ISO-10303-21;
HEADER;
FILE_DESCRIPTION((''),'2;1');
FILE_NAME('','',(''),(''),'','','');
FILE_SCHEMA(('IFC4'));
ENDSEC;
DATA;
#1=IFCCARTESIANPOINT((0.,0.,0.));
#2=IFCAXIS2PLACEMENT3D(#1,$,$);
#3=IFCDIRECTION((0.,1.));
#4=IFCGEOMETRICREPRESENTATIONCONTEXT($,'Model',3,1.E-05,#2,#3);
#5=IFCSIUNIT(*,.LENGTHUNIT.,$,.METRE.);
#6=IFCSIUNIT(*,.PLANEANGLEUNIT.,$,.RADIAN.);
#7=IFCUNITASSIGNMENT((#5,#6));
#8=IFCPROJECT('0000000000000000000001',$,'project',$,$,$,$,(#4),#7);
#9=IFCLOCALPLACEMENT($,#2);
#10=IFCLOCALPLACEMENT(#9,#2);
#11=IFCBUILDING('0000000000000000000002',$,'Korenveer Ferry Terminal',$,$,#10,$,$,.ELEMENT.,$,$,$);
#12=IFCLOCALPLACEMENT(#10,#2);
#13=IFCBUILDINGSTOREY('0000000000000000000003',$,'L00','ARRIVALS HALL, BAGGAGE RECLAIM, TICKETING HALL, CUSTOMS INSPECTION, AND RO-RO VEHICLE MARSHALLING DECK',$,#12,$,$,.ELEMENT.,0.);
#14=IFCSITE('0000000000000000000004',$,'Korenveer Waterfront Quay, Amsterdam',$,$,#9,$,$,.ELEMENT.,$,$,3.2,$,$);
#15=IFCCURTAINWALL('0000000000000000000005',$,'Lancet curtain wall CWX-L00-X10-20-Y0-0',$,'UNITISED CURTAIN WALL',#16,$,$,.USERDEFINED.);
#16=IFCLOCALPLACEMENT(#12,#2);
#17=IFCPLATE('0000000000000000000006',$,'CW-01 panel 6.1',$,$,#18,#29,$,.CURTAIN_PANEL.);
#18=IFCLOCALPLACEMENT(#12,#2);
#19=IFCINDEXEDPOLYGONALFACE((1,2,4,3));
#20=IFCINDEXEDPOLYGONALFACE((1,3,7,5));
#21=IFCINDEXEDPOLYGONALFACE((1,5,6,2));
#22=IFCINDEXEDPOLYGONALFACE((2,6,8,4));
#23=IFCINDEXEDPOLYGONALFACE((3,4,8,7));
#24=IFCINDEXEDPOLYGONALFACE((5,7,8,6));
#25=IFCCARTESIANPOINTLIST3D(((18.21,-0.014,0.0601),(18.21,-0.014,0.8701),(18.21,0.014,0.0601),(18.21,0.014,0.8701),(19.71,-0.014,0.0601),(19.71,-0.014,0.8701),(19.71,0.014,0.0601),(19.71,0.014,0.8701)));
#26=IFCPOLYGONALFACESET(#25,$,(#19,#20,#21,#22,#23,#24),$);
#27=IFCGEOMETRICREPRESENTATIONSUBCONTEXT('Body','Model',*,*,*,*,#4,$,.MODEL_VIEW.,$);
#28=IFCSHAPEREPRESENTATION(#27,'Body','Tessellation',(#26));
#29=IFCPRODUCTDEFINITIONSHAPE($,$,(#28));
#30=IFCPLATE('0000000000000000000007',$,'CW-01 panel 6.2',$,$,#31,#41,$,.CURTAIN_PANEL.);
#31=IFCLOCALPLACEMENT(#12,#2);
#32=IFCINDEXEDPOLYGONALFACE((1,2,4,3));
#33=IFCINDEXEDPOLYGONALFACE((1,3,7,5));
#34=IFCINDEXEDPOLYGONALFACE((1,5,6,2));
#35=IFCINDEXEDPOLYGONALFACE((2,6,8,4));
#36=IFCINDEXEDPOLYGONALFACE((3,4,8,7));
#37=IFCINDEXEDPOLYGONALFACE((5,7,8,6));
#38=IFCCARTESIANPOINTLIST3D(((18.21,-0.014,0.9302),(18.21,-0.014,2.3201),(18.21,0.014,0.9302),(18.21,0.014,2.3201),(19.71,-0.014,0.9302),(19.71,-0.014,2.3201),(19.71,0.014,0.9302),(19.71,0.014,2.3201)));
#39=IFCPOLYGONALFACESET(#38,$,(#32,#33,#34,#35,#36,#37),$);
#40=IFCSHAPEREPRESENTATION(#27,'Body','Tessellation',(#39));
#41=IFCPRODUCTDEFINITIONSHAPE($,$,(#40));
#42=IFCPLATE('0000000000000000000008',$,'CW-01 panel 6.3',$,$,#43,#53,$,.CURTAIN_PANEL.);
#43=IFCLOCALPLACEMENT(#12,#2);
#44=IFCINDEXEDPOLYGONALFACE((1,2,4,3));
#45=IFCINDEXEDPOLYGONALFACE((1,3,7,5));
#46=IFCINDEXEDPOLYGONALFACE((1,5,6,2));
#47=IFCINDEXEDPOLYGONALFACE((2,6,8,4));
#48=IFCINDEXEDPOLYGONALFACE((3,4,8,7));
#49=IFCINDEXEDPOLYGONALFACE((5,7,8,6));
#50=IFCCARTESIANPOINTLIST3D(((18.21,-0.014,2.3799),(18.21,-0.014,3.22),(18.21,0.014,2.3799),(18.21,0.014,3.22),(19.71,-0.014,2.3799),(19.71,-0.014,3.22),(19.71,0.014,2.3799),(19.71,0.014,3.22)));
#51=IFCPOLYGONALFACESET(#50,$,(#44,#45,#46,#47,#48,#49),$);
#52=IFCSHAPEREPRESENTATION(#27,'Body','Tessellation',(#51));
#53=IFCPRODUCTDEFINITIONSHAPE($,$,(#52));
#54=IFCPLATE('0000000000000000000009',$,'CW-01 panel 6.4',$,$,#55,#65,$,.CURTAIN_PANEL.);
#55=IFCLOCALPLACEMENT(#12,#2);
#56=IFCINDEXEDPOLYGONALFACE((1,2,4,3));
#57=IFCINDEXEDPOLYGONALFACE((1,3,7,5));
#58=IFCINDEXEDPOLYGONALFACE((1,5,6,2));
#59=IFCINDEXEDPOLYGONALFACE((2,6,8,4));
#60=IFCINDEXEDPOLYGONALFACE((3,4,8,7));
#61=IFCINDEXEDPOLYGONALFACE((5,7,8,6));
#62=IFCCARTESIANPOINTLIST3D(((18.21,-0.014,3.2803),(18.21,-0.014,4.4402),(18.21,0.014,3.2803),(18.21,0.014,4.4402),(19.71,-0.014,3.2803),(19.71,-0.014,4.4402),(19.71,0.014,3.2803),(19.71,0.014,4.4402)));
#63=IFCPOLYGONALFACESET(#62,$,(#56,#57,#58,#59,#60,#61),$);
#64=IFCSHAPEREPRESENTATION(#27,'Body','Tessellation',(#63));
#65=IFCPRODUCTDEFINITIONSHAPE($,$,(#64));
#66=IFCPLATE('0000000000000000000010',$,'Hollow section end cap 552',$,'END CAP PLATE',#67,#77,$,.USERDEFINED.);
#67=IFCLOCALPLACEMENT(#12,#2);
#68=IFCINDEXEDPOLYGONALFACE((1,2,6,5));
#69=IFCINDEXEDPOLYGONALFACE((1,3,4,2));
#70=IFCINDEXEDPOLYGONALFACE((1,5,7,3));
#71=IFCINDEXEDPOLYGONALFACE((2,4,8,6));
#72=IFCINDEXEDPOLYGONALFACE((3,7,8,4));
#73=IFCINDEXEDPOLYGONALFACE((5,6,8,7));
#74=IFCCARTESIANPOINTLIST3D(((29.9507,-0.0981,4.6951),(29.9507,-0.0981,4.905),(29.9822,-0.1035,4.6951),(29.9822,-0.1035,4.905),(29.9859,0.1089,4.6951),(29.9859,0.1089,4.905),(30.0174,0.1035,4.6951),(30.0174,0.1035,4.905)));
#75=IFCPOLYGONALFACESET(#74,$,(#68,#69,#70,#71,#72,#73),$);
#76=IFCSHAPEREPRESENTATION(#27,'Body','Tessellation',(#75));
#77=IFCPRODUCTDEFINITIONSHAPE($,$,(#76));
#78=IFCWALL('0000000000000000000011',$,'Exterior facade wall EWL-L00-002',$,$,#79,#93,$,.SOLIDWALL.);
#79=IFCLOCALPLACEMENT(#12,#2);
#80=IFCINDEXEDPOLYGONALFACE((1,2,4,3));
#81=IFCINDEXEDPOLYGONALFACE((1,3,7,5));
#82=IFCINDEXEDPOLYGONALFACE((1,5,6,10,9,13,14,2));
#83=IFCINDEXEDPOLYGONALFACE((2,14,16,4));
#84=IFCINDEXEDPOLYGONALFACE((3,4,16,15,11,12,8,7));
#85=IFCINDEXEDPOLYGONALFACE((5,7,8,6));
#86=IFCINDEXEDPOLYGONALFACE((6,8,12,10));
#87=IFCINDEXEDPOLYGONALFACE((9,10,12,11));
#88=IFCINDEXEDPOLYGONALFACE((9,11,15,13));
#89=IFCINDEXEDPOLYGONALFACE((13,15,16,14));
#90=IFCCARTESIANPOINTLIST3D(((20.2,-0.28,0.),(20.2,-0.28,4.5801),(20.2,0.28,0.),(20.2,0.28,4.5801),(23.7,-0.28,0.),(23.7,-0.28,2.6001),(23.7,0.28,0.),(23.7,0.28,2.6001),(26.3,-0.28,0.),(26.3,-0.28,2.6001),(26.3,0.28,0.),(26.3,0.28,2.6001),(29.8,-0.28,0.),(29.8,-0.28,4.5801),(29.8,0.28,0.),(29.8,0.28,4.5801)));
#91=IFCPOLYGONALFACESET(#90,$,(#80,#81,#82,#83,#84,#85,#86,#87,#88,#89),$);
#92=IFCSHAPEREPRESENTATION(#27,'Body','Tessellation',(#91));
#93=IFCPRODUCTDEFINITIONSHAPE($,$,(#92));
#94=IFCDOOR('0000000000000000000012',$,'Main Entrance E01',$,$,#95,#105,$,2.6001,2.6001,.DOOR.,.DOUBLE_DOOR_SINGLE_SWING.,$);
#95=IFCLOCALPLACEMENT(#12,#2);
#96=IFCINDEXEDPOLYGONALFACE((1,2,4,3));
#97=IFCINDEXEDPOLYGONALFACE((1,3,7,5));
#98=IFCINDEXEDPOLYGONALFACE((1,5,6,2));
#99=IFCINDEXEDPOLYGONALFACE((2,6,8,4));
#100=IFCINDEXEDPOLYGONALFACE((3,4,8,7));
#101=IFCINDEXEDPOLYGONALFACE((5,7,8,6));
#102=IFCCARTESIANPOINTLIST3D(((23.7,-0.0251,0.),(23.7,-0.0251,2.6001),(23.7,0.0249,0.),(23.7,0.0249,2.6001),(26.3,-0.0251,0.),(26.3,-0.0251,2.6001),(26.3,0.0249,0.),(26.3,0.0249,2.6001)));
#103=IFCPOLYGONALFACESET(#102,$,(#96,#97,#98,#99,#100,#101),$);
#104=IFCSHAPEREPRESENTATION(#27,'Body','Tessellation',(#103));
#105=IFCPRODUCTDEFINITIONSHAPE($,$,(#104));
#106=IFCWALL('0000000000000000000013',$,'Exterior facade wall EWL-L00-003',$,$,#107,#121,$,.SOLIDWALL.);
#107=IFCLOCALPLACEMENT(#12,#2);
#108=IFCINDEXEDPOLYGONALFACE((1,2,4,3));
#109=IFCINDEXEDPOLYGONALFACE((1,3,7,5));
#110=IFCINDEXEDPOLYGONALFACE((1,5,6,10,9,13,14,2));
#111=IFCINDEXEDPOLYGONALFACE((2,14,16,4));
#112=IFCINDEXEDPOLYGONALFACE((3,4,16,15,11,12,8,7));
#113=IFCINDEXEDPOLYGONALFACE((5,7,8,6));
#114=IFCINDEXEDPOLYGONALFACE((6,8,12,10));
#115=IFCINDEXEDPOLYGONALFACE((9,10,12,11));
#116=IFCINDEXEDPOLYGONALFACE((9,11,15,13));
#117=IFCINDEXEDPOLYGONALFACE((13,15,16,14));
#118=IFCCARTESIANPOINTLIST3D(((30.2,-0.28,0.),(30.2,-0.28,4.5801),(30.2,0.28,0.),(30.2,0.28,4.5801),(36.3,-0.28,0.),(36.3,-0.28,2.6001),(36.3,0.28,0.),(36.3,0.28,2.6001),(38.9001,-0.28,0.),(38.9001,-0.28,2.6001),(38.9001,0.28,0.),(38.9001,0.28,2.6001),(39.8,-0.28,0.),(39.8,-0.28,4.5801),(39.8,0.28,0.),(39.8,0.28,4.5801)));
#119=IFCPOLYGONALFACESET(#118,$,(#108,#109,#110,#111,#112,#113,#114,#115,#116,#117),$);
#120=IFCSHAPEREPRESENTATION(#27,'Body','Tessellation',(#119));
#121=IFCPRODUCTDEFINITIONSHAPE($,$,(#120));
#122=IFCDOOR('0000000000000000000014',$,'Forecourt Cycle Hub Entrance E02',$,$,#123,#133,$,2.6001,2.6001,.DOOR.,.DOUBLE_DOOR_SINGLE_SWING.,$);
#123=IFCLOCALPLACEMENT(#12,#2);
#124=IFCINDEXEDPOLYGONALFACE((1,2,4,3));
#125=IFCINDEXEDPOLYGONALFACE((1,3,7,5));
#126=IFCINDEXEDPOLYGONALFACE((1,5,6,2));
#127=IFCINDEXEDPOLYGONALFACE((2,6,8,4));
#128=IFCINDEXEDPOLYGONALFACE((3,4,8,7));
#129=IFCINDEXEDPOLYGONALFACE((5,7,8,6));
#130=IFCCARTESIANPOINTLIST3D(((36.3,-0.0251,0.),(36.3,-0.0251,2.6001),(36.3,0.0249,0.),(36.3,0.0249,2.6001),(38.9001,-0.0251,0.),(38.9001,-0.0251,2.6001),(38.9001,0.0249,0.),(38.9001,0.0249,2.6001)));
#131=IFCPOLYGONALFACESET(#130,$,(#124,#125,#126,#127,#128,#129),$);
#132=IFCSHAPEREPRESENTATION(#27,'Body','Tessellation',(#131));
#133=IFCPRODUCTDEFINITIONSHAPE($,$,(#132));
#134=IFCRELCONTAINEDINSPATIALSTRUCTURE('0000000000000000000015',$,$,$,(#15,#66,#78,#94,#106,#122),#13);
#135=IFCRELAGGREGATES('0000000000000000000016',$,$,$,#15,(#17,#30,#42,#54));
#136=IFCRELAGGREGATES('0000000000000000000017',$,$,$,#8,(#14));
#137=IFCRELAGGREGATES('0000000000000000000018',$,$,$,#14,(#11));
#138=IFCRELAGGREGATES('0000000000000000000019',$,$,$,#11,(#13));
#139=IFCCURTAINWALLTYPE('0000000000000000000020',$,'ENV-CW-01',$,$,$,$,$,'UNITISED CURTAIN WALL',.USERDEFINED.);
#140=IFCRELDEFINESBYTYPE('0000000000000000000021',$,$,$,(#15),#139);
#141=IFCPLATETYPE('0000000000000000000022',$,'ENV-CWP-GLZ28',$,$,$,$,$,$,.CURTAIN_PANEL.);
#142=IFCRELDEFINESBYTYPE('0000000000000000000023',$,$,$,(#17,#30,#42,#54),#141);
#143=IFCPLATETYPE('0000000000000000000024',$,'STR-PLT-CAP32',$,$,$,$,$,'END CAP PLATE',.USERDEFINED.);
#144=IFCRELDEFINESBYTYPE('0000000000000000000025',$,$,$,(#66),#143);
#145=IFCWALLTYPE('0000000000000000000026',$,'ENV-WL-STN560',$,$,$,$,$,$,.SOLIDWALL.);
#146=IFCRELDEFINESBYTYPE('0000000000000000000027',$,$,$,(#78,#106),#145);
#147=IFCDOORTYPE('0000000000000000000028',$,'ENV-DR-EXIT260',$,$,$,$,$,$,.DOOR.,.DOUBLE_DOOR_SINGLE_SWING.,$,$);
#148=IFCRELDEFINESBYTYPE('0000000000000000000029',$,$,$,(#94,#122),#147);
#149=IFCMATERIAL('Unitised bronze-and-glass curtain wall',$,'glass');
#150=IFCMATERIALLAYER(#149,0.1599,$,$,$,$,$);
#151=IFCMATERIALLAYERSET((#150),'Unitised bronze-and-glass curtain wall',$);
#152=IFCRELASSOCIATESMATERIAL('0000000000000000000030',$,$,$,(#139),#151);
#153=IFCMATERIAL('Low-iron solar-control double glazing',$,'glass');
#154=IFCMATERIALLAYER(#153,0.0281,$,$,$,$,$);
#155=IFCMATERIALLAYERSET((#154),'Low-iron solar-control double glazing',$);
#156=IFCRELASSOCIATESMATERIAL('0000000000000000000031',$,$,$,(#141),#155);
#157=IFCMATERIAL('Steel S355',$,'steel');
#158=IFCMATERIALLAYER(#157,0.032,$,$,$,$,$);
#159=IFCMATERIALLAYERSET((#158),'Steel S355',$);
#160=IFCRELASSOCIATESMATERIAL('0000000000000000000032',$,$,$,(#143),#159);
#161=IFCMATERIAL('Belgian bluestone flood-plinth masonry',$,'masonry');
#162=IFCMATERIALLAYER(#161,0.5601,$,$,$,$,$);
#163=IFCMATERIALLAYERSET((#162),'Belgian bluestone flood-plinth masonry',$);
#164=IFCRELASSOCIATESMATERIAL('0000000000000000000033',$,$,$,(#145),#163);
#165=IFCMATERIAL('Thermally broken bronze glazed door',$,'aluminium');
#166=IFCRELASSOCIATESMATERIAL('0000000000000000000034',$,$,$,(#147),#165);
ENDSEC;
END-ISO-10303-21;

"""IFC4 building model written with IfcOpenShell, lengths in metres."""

from ifc_helpers import new_model, si_unit, direction, frame, frame_2d, origin, origin_2d, place, context, subcontext, project, spatial, rectangle, extrude, material, layer, layer_set, type_object, element, fill, aggregate, save


model = new_model("IFC4")

# Units and contexts
model_context = context("Model", 3, precision=1e-05, world=origin(), true_north=direction((0.0, 1.0)))
body_context = subcontext(model_context, "Body", "Model", "MODEL_VIEW")
ifc_project = project(units=[si_unit("LENGTHUNIT", "METRE"), si_unit("PLANEANGLEUNIT", "RADIAN")], contexts=[model_context])

# Site, building, storey
site_placement = place(None, origin())
site = spatial("IfcSite", under=ifc_project, at=site_placement, Name="Korenveer Waterfront Quay, Amsterdam", CompositionType="ELEMENT", RefElevation=3.2)
building_placement = place(site_placement, origin())
building = spatial("IfcBuilding", under=site, at=building_placement, Name="Korenveer Ferry Terminal", CompositionType="ELEMENT")
storey_placement = place(building_placement, origin())
storey = spatial("IfcBuildingStorey", under=building, at=storey_placement, Name="L00", Description="ARRIVALS HALL, BAGGAGE RECLAIM, TICKETING HALL, CUSTOMS INSPECTION, AND RO-RO VEHICLE MARSHALLING DECK", CompositionType="ELEMENT", Elevation=0.0)

# Curtain wall
ifc_material_1 = material(Name="Unitised bronze-and-glass curtain wall", Category="glass")
ifc_layer_1 = layer(ifc_material_1, 0.1599)
ifc_layer_set_1 = layer_set([ifc_layer_1], Name="Unitised bronze-and-glass curtain wall")
curtain_wall_type = type_object("IfcCurtainWallType", Name="ENV-CW-01", ElementType="UNITISED CURTAIN WALL", PredefinedType="USERDEFINED", material=ifc_layer_set_1)
curtain_wall_placement = place(storey_placement, frame((10.23, 0.0, 0.0)))
curtain_wall = element("IfcCurtainWall", 1, at=curtain_wall_placement, inside=storey, type_object=curtain_wall_type, Name="Lancet curtain wall CWX-L00-X10-20-Y0-0", ObjectType="UNITISED CURTAIN WALL", PredefinedType="USERDEFINED")

# Shared definitions
ifc_material_2 = material(Name="Steel S355", Category="steel")

# Plates
ifc_material_3 = material(Name="Low-iron solar-control double glazing", Category="glass")
ifc_layer_2 = layer(ifc_material_3, 0.0281)
ifc_layer_set_2 = layer_set([ifc_layer_2], Name="Low-iron solar-control double glazing")
plate_type_1 = type_object("IfcPlateType", Name="ENV-CWP-GLZ28", PredefinedType="CURTAIN_PANEL", material=ifc_layer_set_2)
plate_1_placement = place(storey_placement, frame((18.96, 0.0, 0.0601), z_axis=(0.0, 0.0, 1.0), x_axis=(1.0, 0.0, 0.0)))
plate_1 = element("IfcPlate", 2, at=plate_1_placement, type_object=plate_type_1, Name="CW-01 panel 6.1", PredefinedType="CURTAIN_PANEL", context=body_context, shape_type="SweptSolid", body=[
    extrude(rectangle(XDim=1.5, YDim=0.0281, at=origin_2d()), origin(), (0.0, 0.0, 1.0), 0.8101),
])
plate_2_placement = place(storey_placement, frame((18.96, 0.0, 0.9302), z_axis=(0.0, 0.0, 1.0), x_axis=(1.0, 0.0, 0.0)))
plate_2 = element("IfcPlate", 3, at=plate_2_placement, type_object=plate_type_1, Name="CW-01 panel 6.2", PredefinedType="CURTAIN_PANEL", context=body_context, shape_type="SweptSolid", body=[
    extrude(rectangle(XDim=1.5, YDim=0.0281, at=origin_2d()), origin(), (0.0, 0.0, 1.0), 1.3899),
])
plate_3_placement = place(storey_placement, frame((18.96, 0.0, 2.3799), z_axis=(0.0, 0.0, 1.0), x_axis=(1.0, 0.0, 0.0)))
plate_3 = element("IfcPlate", 4, at=plate_3_placement, type_object=plate_type_1, Name="CW-01 panel 6.3", PredefinedType="CURTAIN_PANEL", context=body_context, shape_type="SweptSolid", body=[
    extrude(rectangle(XDim=1.5, YDim=0.0281, at=origin_2d()), origin(), (0.0, 0.0, 1.0), 0.8401),
])
plate_4_placement = place(storey_placement, frame((18.96, 0.0, 3.2803), z_axis=(0.0, 0.0, 1.0), x_axis=(1.0, 0.0, 0.0)))
plate_4 = element("IfcPlate", 5, at=plate_4_placement, type_object=plate_type_1, Name="CW-01 panel 6.4", PredefinedType="CURTAIN_PANEL", context=body_context, shape_type="SweptSolid", body=[
    extrude(rectangle(XDim=1.5, YDim=0.0281, at=origin_2d()), origin(), (0.0, 0.0, 1.0), 1.1599),
])
aggregate(curtain_wall, [plate_1, plate_2, plate_3, plate_4])
ifc_layer_3 = layer(ifc_material_2, 0.032)
ifc_layer_set_3 = layer_set([ifc_layer_3], Name="Steel S355")
plate_type_2 = type_object("IfcPlateType", Name="STR-PLT-CAP32", ElementType="END CAP PLATE", PredefinedType="USERDEFINED", material=ifc_layer_set_3)
plate_5_placement = place(storey_placement, frame((29.9683, 0.0054, 4.8), z_axis=(0.985856, -0.167595, 0.0), x_axis=(0.167595, 0.985856, 0.0)))
element("IfcPlate", 6, at=plate_5_placement, inside=storey, type_object=plate_type_2, Name="Hollow section end cap 552", ObjectType="END CAP PLATE", PredefinedType="USERDEFINED", context=body_context, shape_type="SweptSolid", body=[
    extrude(rectangle(XDim=0.21, YDim=0.21, at=origin_2d()), origin(), (0.0, 0.0, 1.0), 0.032),
])

# Walls, openings, doors
ifc_material_4 = material(Name="Belgian bluestone flood-plinth masonry", Category="masonry")
ifc_layer_4 = layer(ifc_material_4, 0.5601)
ifc_layer_set_4 = layer_set([ifc_layer_4], Name="Belgian bluestone flood-plinth masonry")
wall_type = type_object("IfcWallType", Name="ENV-WL-STN560", PredefinedType="SOLIDWALL", material=ifc_layer_set_4)
wall_1_placement = place(storey_placement, frame((20.2, 0.0, 0.0), z_axis=(0.0, 0.0, 1.0), x_axis=(1.0, 0.0, 0.0)))
wall_1 = element("IfcWall", 7, at=wall_1_placement, inside=storey, type_object=wall_type, Name="Exterior facade wall EWL-L00-002", PredefinedType="SOLIDWALL", context=body_context, shape_type="SweptSolid", body=[
    extrude(rectangle(XDim=9.6001, YDim=0.5601, at=frame_2d((4.8, 0.0))), origin(), (0.0, 0.0, 1.0), 4.5801),
])
opening_1_placement = place(wall_1_placement, frame((3.5, 0.0, 0.0)))
opening_1 = element("IfcOpeningElement", 8, at=opening_1_placement, cuts=wall_1, PredefinedType="OPENING", context=body_context, shape_type="SweptSolid", body=[
    extrude(rectangle(XDim=2.6001, YDim=2.6001, at=frame_2d((1.3, 1.3))), frame((0.0, 0.29, 0.0), z_axis=(0.0, -1.0, 0.0), x_axis=(1.0, 0.0, 0.0)), (0.0, 0.0, 1.0), 0.5801),
])
ifc_material_5 = material(Name="Thermally broken bronze glazed door", Category="aluminium")
door_type = type_object("IfcDoorType", Name="ENV-DR-EXIT260", OperationType="DOUBLE_DOOR_SINGLE_SWING", PredefinedType="DOOR", material=ifc_material_5)
door_1_placement = place(opening_1_placement, origin())
door_1 = element("IfcDoor", 9, at=door_1_placement, inside=storey, type_object=door_type, Name="Main Entrance E01", OperationType="DOUBLE_DOOR_SINGLE_SWING", OverallHeight=2.6001, OverallWidth=2.6001, PredefinedType="DOOR", context=body_context, shape_type="SweptSolid", body=[
    extrude(rectangle(XDim=2.6001, YDim=2.6001, at=frame_2d((1.3, 1.3))), frame((0.0, 0.0249, 0.0), z_axis=(0.0, -1.0, 0.0), x_axis=(1.0, 0.0, 0.0)), (0.0, 0.0, 1.0), 0.05),
])
fill(opening_1, door_1)
wall_2_placement = place(storey_placement, frame((30.2, 0.0, 0.0), z_axis=(0.0, 0.0, 1.0), x_axis=(1.0, 0.0, 0.0)))
wall_2 = element("IfcWall", 10, at=wall_2_placement, inside=storey, type_object=wall_type, Name="Exterior facade wall EWL-L00-003", PredefinedType="SOLIDWALL", context=body_context, shape_type="SweptSolid", body=[
    extrude(rectangle(XDim=9.6001, YDim=0.5601, at=frame_2d((4.8, 0.0))), origin(), (0.0, 0.0, 1.0), 4.5801),
])
opening_2_placement = place(wall_2_placement, frame((6.1001, 0.0, 0.0)))
opening_2 = element("IfcOpeningElement", 11, at=opening_2_placement, cuts=wall_2, PredefinedType="OPENING", context=body_context, shape_type="SweptSolid", body=[
    extrude(rectangle(XDim=2.6001, YDim=2.6001, at=frame_2d((1.3, 1.3))), frame((0.0, 0.29, 0.0), z_axis=(0.0, -1.0, 0.0), x_axis=(1.0, 0.0, 0.0)), (0.0, 0.0, 1.0), 0.5801),
])
door_2_placement = place(opening_2_placement, origin())
door_2 = element("IfcDoor", 12, at=door_2_placement, inside=storey, type_object=door_type, Name="Forecourt Cycle Hub Entrance E02", OperationType="DOUBLE_DOOR_SINGLE_SWING", OverallHeight=2.6001, OverallWidth=2.6001, PredefinedType="DOOR", context=body_context, shape_type="SweptSolid", body=[
    extrude(rectangle(XDim=2.6001, YDim=2.6001, at=frame_2d((1.3, 1.3))), frame((0.0, 0.0249, 0.0), z_axis=(0.0, -1.0, 0.0), x_axis=(1.0, 0.0, 0.0)), (0.0, 0.0, 1.0), 0.05),
])
fill(opening_2, door_2)

save(model, "model.ifc")
